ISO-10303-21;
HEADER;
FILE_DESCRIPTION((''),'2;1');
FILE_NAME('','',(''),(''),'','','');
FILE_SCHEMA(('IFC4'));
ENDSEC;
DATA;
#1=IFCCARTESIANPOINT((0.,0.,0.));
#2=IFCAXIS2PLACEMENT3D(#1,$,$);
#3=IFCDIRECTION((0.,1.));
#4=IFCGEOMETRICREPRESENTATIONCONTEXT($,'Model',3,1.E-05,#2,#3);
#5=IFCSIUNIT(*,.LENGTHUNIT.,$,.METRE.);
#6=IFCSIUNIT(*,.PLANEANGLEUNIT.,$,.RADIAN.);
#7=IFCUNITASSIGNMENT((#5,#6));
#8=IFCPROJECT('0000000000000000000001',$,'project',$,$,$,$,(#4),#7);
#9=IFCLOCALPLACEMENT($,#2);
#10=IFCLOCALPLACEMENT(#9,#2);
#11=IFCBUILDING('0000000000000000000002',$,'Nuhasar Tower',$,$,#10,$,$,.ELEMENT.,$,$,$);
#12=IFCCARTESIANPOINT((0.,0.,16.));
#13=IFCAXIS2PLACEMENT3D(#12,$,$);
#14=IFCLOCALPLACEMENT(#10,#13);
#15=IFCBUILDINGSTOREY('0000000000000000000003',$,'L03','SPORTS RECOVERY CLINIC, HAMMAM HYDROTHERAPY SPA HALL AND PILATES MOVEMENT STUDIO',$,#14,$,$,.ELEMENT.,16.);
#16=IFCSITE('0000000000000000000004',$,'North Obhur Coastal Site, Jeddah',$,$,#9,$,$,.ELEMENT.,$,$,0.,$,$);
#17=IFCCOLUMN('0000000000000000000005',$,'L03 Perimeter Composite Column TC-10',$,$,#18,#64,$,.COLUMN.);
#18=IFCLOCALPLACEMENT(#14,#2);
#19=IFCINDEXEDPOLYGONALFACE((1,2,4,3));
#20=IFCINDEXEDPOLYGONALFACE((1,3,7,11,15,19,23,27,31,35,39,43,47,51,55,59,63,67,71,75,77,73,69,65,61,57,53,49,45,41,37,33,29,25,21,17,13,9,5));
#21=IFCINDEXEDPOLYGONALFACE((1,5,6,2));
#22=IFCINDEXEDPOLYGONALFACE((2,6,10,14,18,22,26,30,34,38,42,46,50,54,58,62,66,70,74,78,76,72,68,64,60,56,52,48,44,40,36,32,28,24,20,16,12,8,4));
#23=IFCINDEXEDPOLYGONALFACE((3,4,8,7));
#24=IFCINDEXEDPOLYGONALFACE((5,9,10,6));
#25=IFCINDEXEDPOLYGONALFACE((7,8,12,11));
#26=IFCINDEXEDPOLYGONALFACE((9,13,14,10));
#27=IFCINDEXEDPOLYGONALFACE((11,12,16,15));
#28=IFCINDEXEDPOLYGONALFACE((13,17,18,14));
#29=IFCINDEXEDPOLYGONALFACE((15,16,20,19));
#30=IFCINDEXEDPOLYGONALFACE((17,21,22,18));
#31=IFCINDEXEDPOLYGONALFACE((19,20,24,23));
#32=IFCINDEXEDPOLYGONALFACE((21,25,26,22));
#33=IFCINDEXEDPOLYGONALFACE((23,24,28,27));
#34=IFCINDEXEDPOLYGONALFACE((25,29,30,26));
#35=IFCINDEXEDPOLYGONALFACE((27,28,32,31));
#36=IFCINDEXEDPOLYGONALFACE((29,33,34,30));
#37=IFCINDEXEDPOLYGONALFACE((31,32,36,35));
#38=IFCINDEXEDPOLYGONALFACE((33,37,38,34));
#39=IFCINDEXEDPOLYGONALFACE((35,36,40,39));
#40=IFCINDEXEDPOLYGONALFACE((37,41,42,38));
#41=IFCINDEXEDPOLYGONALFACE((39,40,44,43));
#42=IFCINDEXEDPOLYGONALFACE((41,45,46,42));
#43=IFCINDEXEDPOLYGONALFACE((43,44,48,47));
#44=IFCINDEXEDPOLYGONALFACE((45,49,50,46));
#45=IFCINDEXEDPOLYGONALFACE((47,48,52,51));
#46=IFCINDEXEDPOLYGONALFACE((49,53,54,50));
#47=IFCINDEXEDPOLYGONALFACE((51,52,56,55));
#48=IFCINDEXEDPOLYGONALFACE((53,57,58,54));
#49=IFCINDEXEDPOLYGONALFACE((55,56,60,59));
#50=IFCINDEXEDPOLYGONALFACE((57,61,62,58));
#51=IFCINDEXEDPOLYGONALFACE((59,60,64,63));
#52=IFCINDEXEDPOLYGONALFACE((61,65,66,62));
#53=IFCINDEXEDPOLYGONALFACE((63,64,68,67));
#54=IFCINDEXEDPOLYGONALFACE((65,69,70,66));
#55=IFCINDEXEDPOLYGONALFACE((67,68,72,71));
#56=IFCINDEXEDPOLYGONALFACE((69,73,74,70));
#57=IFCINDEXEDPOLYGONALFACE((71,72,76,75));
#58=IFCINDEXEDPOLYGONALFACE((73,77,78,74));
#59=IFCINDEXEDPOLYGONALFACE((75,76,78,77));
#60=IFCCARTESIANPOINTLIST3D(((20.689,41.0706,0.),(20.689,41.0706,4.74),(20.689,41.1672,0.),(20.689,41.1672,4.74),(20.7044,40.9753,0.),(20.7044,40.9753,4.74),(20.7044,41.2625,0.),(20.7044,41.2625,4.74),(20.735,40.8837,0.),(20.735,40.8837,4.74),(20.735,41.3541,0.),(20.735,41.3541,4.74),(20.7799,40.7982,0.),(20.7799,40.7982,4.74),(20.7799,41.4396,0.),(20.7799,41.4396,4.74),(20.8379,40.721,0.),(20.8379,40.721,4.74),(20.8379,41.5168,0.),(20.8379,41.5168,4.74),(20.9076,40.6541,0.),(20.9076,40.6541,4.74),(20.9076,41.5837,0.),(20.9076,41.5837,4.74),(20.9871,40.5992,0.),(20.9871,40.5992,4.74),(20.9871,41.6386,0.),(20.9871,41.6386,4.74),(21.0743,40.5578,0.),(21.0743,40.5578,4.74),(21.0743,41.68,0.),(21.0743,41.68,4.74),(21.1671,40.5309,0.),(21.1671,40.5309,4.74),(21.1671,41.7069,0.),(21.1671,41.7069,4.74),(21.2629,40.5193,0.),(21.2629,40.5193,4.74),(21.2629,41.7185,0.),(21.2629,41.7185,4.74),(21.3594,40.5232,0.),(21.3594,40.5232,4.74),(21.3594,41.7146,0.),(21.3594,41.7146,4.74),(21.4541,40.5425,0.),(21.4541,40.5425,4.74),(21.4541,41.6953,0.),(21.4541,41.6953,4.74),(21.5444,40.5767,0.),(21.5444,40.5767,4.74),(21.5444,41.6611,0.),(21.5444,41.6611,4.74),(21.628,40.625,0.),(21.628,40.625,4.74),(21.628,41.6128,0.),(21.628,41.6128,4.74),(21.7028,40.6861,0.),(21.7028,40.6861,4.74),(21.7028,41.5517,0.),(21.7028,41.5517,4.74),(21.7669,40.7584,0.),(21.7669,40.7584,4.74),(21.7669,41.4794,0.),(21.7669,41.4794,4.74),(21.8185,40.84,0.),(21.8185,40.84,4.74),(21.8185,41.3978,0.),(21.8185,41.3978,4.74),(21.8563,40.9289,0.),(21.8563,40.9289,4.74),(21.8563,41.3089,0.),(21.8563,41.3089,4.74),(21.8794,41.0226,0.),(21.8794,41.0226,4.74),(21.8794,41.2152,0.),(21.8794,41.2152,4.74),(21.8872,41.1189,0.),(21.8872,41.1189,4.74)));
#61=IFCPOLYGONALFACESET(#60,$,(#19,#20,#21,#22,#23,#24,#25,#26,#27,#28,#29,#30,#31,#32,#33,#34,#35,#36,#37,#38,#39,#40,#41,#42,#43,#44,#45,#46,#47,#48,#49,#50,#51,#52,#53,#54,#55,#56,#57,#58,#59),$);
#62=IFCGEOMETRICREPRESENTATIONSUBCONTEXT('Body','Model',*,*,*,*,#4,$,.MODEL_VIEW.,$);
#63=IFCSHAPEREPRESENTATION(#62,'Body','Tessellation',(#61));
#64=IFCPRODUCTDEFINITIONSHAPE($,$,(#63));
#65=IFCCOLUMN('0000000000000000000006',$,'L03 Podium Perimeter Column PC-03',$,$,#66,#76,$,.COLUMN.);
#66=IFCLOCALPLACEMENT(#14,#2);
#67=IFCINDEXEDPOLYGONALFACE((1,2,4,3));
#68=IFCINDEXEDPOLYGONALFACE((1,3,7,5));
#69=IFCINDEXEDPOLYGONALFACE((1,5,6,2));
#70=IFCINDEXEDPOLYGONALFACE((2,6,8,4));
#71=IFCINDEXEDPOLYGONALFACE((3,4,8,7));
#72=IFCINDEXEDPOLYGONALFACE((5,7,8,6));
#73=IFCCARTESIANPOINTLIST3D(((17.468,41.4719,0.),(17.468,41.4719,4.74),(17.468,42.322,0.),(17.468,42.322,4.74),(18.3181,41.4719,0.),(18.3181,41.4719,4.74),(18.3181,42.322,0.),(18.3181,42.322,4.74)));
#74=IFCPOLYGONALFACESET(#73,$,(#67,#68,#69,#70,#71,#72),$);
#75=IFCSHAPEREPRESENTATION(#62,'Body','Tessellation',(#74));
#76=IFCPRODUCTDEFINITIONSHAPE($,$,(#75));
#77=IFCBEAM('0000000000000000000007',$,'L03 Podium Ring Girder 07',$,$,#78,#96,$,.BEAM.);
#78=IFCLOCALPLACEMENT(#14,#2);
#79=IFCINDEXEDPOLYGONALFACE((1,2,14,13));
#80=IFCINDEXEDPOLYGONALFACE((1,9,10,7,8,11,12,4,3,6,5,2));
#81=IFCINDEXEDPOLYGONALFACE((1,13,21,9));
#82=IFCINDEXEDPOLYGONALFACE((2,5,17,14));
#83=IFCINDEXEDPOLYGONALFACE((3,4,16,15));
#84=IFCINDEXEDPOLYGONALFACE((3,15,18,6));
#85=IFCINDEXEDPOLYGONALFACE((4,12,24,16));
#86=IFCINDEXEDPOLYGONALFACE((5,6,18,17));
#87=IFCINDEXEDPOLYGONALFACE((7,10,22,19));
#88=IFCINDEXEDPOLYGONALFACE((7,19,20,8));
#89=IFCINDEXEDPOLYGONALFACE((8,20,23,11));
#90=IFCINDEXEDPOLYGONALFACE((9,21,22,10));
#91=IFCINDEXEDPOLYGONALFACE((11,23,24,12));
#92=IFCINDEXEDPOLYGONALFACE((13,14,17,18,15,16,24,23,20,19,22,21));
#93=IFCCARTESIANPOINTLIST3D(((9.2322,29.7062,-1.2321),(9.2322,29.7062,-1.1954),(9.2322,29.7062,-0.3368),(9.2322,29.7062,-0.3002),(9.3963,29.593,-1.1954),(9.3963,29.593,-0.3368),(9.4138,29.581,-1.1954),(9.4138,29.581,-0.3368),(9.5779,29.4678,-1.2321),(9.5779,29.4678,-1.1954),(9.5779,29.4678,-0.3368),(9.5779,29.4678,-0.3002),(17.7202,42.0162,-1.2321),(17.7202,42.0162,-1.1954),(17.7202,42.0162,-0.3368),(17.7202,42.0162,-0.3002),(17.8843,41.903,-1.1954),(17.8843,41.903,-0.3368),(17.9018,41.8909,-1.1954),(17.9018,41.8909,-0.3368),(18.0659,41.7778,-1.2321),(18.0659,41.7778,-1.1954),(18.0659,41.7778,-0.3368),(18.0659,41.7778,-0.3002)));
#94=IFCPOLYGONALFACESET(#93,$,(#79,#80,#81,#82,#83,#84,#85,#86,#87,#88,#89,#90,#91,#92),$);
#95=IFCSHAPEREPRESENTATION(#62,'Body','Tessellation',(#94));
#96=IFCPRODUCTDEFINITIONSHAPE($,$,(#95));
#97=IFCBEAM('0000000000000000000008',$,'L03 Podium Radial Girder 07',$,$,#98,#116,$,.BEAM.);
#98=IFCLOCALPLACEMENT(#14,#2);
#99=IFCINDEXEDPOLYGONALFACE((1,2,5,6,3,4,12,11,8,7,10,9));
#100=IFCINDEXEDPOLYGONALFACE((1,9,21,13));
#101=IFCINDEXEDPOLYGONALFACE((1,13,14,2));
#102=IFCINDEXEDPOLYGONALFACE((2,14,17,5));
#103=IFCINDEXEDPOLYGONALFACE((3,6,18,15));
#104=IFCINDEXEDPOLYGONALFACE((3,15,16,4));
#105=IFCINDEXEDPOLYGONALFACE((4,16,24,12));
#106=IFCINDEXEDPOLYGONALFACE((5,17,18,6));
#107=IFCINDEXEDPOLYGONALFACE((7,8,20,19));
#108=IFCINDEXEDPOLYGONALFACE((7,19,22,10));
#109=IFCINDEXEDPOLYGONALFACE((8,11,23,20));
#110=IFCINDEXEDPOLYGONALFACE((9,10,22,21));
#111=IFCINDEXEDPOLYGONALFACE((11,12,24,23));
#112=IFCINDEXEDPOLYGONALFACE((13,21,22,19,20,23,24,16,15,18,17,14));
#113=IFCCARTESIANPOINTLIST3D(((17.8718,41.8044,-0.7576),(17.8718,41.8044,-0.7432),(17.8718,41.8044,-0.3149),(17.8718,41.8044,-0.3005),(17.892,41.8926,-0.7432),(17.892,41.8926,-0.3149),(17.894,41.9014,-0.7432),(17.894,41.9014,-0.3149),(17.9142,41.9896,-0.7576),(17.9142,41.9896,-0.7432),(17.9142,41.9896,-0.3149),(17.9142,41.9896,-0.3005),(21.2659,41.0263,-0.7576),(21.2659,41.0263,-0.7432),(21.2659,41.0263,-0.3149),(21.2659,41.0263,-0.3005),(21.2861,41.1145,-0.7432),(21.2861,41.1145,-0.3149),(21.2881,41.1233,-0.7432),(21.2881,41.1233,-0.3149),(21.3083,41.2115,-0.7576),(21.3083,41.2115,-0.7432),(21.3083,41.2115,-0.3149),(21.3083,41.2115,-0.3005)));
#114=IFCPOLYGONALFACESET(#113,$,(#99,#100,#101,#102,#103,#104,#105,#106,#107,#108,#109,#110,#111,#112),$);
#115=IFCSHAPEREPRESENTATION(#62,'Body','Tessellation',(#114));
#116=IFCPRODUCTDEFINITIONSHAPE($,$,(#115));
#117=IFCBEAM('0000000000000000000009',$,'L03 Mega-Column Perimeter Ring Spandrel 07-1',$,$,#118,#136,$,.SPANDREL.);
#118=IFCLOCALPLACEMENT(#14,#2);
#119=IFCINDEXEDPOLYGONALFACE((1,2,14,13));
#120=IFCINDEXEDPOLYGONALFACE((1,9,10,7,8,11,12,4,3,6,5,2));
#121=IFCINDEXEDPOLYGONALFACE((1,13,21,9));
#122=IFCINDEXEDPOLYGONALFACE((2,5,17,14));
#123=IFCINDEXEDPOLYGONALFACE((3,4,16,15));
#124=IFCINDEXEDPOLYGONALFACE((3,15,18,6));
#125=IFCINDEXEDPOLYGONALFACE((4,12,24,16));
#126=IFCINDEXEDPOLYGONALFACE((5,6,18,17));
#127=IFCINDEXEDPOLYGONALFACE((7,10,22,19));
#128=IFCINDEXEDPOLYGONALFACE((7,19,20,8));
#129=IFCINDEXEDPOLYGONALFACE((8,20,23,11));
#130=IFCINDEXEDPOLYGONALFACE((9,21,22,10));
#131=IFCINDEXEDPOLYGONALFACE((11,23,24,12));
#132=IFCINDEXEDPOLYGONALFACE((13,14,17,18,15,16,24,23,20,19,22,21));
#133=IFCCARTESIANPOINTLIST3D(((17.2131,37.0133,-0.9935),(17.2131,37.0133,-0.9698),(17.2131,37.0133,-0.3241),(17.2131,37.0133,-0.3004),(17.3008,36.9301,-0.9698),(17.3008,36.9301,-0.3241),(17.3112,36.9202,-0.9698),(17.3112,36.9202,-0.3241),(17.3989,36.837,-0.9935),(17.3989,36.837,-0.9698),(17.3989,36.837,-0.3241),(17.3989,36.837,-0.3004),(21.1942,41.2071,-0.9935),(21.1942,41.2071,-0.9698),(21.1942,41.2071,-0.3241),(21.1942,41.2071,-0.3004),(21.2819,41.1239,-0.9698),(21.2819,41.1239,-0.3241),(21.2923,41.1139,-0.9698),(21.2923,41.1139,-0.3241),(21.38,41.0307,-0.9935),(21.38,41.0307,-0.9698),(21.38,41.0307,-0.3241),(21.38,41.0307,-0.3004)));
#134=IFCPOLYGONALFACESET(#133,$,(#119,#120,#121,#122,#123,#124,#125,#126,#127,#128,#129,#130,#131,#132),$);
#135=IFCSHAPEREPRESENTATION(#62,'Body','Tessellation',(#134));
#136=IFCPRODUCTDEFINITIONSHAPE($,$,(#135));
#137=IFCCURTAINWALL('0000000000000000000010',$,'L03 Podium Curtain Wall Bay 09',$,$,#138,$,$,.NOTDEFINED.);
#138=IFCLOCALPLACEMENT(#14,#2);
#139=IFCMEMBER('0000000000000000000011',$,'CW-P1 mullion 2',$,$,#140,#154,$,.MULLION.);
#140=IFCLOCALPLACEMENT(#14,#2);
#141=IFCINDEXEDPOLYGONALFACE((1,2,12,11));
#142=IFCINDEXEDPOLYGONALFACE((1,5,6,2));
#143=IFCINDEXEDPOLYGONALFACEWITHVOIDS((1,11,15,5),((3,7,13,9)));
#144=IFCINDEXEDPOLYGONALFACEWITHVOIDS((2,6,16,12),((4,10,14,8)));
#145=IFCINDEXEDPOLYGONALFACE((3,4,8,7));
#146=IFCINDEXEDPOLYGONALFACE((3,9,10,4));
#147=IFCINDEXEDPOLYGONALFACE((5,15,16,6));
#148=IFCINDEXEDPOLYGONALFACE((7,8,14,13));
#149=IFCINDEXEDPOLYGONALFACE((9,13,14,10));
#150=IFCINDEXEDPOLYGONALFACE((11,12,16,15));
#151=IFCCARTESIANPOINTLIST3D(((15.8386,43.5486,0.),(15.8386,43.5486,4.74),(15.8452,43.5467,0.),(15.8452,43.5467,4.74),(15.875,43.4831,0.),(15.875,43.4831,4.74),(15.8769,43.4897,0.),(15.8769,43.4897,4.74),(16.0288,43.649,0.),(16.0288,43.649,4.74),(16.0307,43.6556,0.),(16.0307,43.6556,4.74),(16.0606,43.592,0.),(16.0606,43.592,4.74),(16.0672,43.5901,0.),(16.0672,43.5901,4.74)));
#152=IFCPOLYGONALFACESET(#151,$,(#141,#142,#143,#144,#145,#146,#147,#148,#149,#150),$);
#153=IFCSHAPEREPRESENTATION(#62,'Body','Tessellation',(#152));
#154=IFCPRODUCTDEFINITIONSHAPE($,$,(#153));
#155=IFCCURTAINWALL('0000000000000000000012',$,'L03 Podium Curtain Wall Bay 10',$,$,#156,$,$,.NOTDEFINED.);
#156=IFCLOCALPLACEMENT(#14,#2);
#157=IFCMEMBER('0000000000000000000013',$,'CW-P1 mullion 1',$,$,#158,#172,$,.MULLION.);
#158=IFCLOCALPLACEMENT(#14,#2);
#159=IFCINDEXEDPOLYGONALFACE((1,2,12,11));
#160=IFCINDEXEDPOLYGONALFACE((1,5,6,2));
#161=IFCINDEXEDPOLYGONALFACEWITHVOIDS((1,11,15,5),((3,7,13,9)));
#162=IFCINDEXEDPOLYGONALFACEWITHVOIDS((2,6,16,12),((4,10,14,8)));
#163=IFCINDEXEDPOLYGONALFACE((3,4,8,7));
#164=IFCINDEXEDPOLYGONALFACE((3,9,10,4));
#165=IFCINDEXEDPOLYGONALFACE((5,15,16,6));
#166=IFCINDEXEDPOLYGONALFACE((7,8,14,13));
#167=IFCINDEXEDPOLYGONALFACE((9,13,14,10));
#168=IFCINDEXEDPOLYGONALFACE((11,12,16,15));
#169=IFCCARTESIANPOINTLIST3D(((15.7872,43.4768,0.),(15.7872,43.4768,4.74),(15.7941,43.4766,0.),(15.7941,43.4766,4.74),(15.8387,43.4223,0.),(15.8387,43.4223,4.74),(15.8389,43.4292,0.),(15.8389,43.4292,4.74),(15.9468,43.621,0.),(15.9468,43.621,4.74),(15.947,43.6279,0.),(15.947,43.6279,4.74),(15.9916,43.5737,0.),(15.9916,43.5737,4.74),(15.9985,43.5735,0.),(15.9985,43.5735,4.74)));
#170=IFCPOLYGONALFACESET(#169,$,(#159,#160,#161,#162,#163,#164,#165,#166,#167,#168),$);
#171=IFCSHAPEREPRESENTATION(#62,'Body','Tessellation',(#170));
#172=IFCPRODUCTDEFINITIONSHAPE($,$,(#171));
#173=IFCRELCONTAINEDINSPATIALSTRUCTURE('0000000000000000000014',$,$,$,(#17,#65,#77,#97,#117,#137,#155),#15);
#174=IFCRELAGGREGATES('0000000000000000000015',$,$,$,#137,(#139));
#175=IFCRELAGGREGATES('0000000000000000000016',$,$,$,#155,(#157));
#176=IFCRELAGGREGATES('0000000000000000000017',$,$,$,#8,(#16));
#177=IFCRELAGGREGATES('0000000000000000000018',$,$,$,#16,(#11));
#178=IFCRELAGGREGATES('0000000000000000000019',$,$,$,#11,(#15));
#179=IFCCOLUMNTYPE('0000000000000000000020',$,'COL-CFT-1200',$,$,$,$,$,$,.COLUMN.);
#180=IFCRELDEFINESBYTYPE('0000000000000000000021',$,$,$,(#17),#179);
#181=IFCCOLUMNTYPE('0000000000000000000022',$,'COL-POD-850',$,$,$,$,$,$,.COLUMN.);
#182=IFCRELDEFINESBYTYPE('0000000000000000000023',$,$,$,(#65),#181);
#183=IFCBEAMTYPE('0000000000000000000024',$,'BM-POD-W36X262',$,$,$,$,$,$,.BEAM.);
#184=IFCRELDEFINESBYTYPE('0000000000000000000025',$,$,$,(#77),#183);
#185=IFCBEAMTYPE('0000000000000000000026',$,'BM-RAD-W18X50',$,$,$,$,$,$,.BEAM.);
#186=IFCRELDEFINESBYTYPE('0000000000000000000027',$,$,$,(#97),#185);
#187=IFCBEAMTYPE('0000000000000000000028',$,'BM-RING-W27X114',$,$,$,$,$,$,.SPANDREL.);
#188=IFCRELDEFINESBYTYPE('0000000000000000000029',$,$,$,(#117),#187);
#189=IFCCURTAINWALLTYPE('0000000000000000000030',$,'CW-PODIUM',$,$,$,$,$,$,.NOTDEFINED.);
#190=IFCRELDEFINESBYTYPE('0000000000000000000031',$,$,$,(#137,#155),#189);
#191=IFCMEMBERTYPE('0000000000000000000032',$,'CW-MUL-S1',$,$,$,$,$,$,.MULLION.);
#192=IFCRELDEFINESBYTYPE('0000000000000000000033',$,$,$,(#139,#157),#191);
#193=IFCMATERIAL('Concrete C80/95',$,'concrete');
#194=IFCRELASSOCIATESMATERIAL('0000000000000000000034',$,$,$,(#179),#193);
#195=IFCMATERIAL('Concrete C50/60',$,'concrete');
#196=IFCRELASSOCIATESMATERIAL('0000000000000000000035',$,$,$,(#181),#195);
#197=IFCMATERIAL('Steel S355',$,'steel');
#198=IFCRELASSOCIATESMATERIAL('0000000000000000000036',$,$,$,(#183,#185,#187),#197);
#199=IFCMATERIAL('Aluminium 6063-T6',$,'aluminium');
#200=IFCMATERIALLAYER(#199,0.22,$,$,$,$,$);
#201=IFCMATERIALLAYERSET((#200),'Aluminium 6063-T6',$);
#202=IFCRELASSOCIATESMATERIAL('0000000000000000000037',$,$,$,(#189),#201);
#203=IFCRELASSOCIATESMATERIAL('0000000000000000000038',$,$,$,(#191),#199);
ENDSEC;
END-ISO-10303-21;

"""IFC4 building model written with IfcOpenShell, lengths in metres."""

from ifc_helpers import new_model, si_unit, direction, frame, origin, origin_2d, place, context, subcontext, project, spatial, rectangle, hollow_rectangle, circle, i_section, extrude, material, layer, layer_set, material_profile, profile_set, type_object, element, aggregate, save


model = new_model("IFC4")

# Units and contexts
model_context = context("Model", 3, precision=1e-05, world=origin(), true_north=direction((0.0, 1.0)))
body_context = subcontext(model_context, "Body", "Model", "MODEL_VIEW")
ifc_project = project(units=[si_unit("LENGTHUNIT", "METRE"), si_unit("PLANEANGLEUNIT", "RADIAN")], contexts=[model_context])

# Site, building, storey
site_placement = place(None, origin())
site = spatial("IfcSite", under=ifc_project, at=site_placement, Name="North Obhur Coastal Site, Jeddah", CompositionType="ELEMENT", RefElevation=0.0)
building_placement = place(site_placement, origin())
building = spatial("IfcBuilding", under=site, at=building_placement, Name="Nuhasar Tower", CompositionType="ELEMENT")
storey_placement = place(building_placement, frame((0.0, 0.0, 16.0)))
storey = spatial("IfcBuildingStorey", under=building, at=storey_placement, Name="L03", Description="SPORTS RECOVERY CLINIC, HAMMAM HYDROTHERAPY SPA HALL AND PILATES MOVEMENT STUDIO", CompositionType="ELEMENT", Elevation=16.0)

# Columns
ifc_material_1 = material(Name="Concrete C80/95", Category="concrete")
ifc_material_profile_1 = material_profile(ifc_material_1, circle(Radius=0.6001, at=origin_2d()), Name="CFT1200")
ifc_profile_set_1 = profile_set([ifc_material_profile_1], Name="Concrete C80/95")
column_type_1 = type_object("IfcColumnType", Name="COL-CFT-1200", PredefinedType="COLUMN", material=ifc_profile_set_1)
column_1_placement = place(storey_placement, frame((21.2871, 41.1189, 0.0), z_axis=(0.0, 0.0, 1.0), x_axis=(1.0, 0.0, 0.0)))
element("IfcColumn", 1, at=column_1_placement, inside=storey, type_object=column_type_1, Name="L03 Perimeter Composite Column TC-10", PredefinedType="COLUMN", context=body_context, shape_type="SweptSolid", body=[
    extrude(circle(Radius=0.6001, at=origin_2d()), origin(), (0.0, 0.0, 1.0), 4.74),
])
ifc_material_2 = material(Name="Concrete C50/60", Category="concrete")
ifc_material_profile_2 = material_profile(ifc_material_2, rectangle(XDim=0.8501, YDim=0.8501, at=origin_2d()), Name="RC850X850")
ifc_profile_set_2 = profile_set([ifc_material_profile_2], Name="Concrete C50/60")
column_type_2 = type_object("IfcColumnType", Name="COL-POD-850", PredefinedType="COLUMN", material=ifc_profile_set_2)
column_2_placement = place(storey_placement, frame((17.8931, 41.897, 0.0), z_axis=(0.0, 0.0, 1.0), x_axis=(1.0, 0.0, 0.0)))
element("IfcColumn", 2, at=column_2_placement, inside=storey, type_object=column_type_2, Name="L03 Podium Perimeter Column PC-03", PredefinedType="COLUMN", context=body_context, shape_type="SweptSolid", body=[
    extrude(rectangle(XDim=0.8501, YDim=0.8501, at=origin_2d()), origin(), (0.0, 0.0, 1.0), 4.74),
])

# Beams
ifc_material_3 = material(Name="Steel S355", Category="steel")
ifc_material_profile_3 = material_profile(ifc_material_3, i_section(OverallWidth=0.4199, OverallDepth=0.9319, WebThickness=0.0212, FlangeThickness=0.0366, at=origin_2d()), Name="W36X262")
ifc_profile_set_3 = profile_set([ifc_material_profile_3], Name="Steel S355")
beam_type_1 = type_object("IfcBeamType", Name="BM-POD-W36X262", PredefinedType="BEAM", material=ifc_profile_set_3)
beam_1_placement = place(storey_placement, frame((17.8931, 41.897, -0.7661), z_axis=(-0.567658, -0.823265, 0.0), x_axis=(0.823265, -0.567658, 0.0)))
element("IfcBeam", 3, at=beam_1_placement, inside=storey, type_object=beam_type_1, Name="L03 Podium Ring Girder 07", PredefinedType="BEAM", context=body_context, shape_type="SweptSolid", body=[
    extrude(i_section(OverallWidth=0.4199, OverallDepth=0.9319, WebThickness=0.0212, FlangeThickness=0.0366, at=origin_2d()), origin(), (0.0, 0.0, 1.0), 14.9526),
])
ifc_material_profile_4 = material_profile(ifc_material_3, i_section(OverallWidth=0.1899, OverallDepth=0.457, WebThickness=0.009, FlangeThickness=0.0144, at=origin_2d()), Name="W18X50")
ifc_profile_set_4 = profile_set([ifc_material_profile_4], Name="Steel S355")
beam_type_2 = type_object("IfcBeamType", Name="BM-RAD-W18X50", PredefinedType="BEAM", material=ifc_profile_set_4)
beam_2_placement = place(storey_placement, frame((21.2871, 41.1189, -0.5291), z_axis=(-0.974715, 0.223451, 0.0), x_axis=(-0.223451, -0.974715, 0.0)))
element("IfcBeam", 4, at=beam_2_placement, inside=storey, type_object=beam_type_2, Name="L03 Podium Radial Girder 07", PredefinedType="BEAM", context=body_context, shape_type="SweptSolid", body=[
    extrude(i_section(OverallWidth=0.1899, OverallDepth=0.457, WebThickness=0.009, FlangeThickness=0.0144, at=origin_2d()), origin(), (0.0, 0.0, 1.0), 3.4822),
])
ifc_material_profile_5 = material_profile(ifc_material_3, i_section(OverallWidth=0.2561, OverallDepth=0.6931, WebThickness=0.0144, FlangeThickness=0.0237, at=origin_2d()), Name="W27X114")
ifc_profile_set_5 = profile_set([ifc_material_profile_5], Name="Steel S355")
beam_type_3 = type_object("IfcBeamType", Name="BM-RING-W27X114", PredefinedType="SPANDREL", material=ifc_profile_set_5)
beam_3_placement = place(storey_placement, frame((21.2871, 41.1189, -0.647), z_axis=(-0.688481, -0.725254, 0.0), x_axis=(0.725254, -0.688481, 0.0)))
element("IfcBeam", 5, at=beam_3_placement, inside=storey, type_object=beam_type_3, Name="L03 Mega-Column Perimeter Ring Spandrel 07-1", PredefinedType="SPANDREL", context=body_context, shape_type="SweptSolid", body=[
    extrude(i_section(OverallWidth=0.2561, OverallDepth=0.6931, WebThickness=0.0144, FlangeThickness=0.0237, at=origin_2d()), origin(), (0.0, 0.0, 1.0), 5.7825),
])

# Curtain wall, member
ifc_material_4 = material(Name="Aluminium 6063-T6", Category="aluminium")
ifc_layer_1 = layer(ifc_material_4, 0.22)
ifc_layer_set_1 = layer_set([ifc_layer_1], Name="Aluminium 6063-T6")
curtain_wall_type = type_object("IfcCurtainWallType", Name="CW-PODIUM", PredefinedType="NOTDEFINED", material=ifc_layer_set_1)
curtain_wall_1_placement = place(storey_placement, origin())
curtain_wall_1 = element("IfcCurtainWall", 6, at=curtain_wall_1_placement, inside=storey, type_object=curtain_wall_type, Name="L03 Podium Curtain Wall Bay 09", PredefinedType="NOTDEFINED")
ifc_material_profile_6 = material_profile(ifc_material_4, hollow_rectangle(XDim=0.075, YDim=0.22, WallThickness=0.0049, at=origin_2d()), Name="CWM-1")
ifc_profile_set_6 = profile_set([ifc_material_profile_6], Name="Aluminium 6063-T6")
member_type_1 = type_object("IfcMemberType", Name="CW-MUL-S1", PredefinedType="MULLION", material=ifc_profile_set_6)
member_1_placement = place(storey_placement, frame((15.9529, 43.5693, 0.0), z_axis=(0.0, 0.0, 1.0), x_axis=(0.486575, -0.873639, 0.0)))
member_1 = element("IfcMember", 7, at=member_1_placement, type_object=member_type_1, Name="CW-P1 mullion 2", PredefinedType="MULLION", context=body_context, shape_type="SweptSolid", body=[
    extrude(hollow_rectangle(XDim=0.075, YDim=0.22, WallThickness=0.0049, at=origin_2d()), origin(), (0.0, 0.0, 1.0), 4.74),
])

# Curtain wall, member
curtain_wall_2_placement = place(storey_placement, origin())
curtain_wall_2 = element("IfcCurtainWall", 8, at=curtain_wall_2_placement, inside=storey, type_object=curtain_wall_type, Name="L03 Podium Curtain Wall Bay 10", PredefinedType="NOTDEFINED")
member_2_placement = place(storey_placement, frame((15.8928, 43.5251, 0.0), z_axis=(0.0, 0.0, 1.0), x_axis=(0.687154, -0.726512, 0.0)))
member_2 = element("IfcMember", 9, at=member_2_placement, type_object=member_type_1, Name="CW-P1 mullion 1", PredefinedType="MULLION", context=body_context, shape_type="SweptSolid", body=[
    extrude(hollow_rectangle(XDim=0.075, YDim=0.22, WallThickness=0.0049, at=origin_2d()), origin(), (0.0, 0.0, 1.0), 4.74),
])

aggregate(curtain_wall_1, [member_1])
aggregate(curtain_wall_2, [member_2])

save(model, "model.ifc")
